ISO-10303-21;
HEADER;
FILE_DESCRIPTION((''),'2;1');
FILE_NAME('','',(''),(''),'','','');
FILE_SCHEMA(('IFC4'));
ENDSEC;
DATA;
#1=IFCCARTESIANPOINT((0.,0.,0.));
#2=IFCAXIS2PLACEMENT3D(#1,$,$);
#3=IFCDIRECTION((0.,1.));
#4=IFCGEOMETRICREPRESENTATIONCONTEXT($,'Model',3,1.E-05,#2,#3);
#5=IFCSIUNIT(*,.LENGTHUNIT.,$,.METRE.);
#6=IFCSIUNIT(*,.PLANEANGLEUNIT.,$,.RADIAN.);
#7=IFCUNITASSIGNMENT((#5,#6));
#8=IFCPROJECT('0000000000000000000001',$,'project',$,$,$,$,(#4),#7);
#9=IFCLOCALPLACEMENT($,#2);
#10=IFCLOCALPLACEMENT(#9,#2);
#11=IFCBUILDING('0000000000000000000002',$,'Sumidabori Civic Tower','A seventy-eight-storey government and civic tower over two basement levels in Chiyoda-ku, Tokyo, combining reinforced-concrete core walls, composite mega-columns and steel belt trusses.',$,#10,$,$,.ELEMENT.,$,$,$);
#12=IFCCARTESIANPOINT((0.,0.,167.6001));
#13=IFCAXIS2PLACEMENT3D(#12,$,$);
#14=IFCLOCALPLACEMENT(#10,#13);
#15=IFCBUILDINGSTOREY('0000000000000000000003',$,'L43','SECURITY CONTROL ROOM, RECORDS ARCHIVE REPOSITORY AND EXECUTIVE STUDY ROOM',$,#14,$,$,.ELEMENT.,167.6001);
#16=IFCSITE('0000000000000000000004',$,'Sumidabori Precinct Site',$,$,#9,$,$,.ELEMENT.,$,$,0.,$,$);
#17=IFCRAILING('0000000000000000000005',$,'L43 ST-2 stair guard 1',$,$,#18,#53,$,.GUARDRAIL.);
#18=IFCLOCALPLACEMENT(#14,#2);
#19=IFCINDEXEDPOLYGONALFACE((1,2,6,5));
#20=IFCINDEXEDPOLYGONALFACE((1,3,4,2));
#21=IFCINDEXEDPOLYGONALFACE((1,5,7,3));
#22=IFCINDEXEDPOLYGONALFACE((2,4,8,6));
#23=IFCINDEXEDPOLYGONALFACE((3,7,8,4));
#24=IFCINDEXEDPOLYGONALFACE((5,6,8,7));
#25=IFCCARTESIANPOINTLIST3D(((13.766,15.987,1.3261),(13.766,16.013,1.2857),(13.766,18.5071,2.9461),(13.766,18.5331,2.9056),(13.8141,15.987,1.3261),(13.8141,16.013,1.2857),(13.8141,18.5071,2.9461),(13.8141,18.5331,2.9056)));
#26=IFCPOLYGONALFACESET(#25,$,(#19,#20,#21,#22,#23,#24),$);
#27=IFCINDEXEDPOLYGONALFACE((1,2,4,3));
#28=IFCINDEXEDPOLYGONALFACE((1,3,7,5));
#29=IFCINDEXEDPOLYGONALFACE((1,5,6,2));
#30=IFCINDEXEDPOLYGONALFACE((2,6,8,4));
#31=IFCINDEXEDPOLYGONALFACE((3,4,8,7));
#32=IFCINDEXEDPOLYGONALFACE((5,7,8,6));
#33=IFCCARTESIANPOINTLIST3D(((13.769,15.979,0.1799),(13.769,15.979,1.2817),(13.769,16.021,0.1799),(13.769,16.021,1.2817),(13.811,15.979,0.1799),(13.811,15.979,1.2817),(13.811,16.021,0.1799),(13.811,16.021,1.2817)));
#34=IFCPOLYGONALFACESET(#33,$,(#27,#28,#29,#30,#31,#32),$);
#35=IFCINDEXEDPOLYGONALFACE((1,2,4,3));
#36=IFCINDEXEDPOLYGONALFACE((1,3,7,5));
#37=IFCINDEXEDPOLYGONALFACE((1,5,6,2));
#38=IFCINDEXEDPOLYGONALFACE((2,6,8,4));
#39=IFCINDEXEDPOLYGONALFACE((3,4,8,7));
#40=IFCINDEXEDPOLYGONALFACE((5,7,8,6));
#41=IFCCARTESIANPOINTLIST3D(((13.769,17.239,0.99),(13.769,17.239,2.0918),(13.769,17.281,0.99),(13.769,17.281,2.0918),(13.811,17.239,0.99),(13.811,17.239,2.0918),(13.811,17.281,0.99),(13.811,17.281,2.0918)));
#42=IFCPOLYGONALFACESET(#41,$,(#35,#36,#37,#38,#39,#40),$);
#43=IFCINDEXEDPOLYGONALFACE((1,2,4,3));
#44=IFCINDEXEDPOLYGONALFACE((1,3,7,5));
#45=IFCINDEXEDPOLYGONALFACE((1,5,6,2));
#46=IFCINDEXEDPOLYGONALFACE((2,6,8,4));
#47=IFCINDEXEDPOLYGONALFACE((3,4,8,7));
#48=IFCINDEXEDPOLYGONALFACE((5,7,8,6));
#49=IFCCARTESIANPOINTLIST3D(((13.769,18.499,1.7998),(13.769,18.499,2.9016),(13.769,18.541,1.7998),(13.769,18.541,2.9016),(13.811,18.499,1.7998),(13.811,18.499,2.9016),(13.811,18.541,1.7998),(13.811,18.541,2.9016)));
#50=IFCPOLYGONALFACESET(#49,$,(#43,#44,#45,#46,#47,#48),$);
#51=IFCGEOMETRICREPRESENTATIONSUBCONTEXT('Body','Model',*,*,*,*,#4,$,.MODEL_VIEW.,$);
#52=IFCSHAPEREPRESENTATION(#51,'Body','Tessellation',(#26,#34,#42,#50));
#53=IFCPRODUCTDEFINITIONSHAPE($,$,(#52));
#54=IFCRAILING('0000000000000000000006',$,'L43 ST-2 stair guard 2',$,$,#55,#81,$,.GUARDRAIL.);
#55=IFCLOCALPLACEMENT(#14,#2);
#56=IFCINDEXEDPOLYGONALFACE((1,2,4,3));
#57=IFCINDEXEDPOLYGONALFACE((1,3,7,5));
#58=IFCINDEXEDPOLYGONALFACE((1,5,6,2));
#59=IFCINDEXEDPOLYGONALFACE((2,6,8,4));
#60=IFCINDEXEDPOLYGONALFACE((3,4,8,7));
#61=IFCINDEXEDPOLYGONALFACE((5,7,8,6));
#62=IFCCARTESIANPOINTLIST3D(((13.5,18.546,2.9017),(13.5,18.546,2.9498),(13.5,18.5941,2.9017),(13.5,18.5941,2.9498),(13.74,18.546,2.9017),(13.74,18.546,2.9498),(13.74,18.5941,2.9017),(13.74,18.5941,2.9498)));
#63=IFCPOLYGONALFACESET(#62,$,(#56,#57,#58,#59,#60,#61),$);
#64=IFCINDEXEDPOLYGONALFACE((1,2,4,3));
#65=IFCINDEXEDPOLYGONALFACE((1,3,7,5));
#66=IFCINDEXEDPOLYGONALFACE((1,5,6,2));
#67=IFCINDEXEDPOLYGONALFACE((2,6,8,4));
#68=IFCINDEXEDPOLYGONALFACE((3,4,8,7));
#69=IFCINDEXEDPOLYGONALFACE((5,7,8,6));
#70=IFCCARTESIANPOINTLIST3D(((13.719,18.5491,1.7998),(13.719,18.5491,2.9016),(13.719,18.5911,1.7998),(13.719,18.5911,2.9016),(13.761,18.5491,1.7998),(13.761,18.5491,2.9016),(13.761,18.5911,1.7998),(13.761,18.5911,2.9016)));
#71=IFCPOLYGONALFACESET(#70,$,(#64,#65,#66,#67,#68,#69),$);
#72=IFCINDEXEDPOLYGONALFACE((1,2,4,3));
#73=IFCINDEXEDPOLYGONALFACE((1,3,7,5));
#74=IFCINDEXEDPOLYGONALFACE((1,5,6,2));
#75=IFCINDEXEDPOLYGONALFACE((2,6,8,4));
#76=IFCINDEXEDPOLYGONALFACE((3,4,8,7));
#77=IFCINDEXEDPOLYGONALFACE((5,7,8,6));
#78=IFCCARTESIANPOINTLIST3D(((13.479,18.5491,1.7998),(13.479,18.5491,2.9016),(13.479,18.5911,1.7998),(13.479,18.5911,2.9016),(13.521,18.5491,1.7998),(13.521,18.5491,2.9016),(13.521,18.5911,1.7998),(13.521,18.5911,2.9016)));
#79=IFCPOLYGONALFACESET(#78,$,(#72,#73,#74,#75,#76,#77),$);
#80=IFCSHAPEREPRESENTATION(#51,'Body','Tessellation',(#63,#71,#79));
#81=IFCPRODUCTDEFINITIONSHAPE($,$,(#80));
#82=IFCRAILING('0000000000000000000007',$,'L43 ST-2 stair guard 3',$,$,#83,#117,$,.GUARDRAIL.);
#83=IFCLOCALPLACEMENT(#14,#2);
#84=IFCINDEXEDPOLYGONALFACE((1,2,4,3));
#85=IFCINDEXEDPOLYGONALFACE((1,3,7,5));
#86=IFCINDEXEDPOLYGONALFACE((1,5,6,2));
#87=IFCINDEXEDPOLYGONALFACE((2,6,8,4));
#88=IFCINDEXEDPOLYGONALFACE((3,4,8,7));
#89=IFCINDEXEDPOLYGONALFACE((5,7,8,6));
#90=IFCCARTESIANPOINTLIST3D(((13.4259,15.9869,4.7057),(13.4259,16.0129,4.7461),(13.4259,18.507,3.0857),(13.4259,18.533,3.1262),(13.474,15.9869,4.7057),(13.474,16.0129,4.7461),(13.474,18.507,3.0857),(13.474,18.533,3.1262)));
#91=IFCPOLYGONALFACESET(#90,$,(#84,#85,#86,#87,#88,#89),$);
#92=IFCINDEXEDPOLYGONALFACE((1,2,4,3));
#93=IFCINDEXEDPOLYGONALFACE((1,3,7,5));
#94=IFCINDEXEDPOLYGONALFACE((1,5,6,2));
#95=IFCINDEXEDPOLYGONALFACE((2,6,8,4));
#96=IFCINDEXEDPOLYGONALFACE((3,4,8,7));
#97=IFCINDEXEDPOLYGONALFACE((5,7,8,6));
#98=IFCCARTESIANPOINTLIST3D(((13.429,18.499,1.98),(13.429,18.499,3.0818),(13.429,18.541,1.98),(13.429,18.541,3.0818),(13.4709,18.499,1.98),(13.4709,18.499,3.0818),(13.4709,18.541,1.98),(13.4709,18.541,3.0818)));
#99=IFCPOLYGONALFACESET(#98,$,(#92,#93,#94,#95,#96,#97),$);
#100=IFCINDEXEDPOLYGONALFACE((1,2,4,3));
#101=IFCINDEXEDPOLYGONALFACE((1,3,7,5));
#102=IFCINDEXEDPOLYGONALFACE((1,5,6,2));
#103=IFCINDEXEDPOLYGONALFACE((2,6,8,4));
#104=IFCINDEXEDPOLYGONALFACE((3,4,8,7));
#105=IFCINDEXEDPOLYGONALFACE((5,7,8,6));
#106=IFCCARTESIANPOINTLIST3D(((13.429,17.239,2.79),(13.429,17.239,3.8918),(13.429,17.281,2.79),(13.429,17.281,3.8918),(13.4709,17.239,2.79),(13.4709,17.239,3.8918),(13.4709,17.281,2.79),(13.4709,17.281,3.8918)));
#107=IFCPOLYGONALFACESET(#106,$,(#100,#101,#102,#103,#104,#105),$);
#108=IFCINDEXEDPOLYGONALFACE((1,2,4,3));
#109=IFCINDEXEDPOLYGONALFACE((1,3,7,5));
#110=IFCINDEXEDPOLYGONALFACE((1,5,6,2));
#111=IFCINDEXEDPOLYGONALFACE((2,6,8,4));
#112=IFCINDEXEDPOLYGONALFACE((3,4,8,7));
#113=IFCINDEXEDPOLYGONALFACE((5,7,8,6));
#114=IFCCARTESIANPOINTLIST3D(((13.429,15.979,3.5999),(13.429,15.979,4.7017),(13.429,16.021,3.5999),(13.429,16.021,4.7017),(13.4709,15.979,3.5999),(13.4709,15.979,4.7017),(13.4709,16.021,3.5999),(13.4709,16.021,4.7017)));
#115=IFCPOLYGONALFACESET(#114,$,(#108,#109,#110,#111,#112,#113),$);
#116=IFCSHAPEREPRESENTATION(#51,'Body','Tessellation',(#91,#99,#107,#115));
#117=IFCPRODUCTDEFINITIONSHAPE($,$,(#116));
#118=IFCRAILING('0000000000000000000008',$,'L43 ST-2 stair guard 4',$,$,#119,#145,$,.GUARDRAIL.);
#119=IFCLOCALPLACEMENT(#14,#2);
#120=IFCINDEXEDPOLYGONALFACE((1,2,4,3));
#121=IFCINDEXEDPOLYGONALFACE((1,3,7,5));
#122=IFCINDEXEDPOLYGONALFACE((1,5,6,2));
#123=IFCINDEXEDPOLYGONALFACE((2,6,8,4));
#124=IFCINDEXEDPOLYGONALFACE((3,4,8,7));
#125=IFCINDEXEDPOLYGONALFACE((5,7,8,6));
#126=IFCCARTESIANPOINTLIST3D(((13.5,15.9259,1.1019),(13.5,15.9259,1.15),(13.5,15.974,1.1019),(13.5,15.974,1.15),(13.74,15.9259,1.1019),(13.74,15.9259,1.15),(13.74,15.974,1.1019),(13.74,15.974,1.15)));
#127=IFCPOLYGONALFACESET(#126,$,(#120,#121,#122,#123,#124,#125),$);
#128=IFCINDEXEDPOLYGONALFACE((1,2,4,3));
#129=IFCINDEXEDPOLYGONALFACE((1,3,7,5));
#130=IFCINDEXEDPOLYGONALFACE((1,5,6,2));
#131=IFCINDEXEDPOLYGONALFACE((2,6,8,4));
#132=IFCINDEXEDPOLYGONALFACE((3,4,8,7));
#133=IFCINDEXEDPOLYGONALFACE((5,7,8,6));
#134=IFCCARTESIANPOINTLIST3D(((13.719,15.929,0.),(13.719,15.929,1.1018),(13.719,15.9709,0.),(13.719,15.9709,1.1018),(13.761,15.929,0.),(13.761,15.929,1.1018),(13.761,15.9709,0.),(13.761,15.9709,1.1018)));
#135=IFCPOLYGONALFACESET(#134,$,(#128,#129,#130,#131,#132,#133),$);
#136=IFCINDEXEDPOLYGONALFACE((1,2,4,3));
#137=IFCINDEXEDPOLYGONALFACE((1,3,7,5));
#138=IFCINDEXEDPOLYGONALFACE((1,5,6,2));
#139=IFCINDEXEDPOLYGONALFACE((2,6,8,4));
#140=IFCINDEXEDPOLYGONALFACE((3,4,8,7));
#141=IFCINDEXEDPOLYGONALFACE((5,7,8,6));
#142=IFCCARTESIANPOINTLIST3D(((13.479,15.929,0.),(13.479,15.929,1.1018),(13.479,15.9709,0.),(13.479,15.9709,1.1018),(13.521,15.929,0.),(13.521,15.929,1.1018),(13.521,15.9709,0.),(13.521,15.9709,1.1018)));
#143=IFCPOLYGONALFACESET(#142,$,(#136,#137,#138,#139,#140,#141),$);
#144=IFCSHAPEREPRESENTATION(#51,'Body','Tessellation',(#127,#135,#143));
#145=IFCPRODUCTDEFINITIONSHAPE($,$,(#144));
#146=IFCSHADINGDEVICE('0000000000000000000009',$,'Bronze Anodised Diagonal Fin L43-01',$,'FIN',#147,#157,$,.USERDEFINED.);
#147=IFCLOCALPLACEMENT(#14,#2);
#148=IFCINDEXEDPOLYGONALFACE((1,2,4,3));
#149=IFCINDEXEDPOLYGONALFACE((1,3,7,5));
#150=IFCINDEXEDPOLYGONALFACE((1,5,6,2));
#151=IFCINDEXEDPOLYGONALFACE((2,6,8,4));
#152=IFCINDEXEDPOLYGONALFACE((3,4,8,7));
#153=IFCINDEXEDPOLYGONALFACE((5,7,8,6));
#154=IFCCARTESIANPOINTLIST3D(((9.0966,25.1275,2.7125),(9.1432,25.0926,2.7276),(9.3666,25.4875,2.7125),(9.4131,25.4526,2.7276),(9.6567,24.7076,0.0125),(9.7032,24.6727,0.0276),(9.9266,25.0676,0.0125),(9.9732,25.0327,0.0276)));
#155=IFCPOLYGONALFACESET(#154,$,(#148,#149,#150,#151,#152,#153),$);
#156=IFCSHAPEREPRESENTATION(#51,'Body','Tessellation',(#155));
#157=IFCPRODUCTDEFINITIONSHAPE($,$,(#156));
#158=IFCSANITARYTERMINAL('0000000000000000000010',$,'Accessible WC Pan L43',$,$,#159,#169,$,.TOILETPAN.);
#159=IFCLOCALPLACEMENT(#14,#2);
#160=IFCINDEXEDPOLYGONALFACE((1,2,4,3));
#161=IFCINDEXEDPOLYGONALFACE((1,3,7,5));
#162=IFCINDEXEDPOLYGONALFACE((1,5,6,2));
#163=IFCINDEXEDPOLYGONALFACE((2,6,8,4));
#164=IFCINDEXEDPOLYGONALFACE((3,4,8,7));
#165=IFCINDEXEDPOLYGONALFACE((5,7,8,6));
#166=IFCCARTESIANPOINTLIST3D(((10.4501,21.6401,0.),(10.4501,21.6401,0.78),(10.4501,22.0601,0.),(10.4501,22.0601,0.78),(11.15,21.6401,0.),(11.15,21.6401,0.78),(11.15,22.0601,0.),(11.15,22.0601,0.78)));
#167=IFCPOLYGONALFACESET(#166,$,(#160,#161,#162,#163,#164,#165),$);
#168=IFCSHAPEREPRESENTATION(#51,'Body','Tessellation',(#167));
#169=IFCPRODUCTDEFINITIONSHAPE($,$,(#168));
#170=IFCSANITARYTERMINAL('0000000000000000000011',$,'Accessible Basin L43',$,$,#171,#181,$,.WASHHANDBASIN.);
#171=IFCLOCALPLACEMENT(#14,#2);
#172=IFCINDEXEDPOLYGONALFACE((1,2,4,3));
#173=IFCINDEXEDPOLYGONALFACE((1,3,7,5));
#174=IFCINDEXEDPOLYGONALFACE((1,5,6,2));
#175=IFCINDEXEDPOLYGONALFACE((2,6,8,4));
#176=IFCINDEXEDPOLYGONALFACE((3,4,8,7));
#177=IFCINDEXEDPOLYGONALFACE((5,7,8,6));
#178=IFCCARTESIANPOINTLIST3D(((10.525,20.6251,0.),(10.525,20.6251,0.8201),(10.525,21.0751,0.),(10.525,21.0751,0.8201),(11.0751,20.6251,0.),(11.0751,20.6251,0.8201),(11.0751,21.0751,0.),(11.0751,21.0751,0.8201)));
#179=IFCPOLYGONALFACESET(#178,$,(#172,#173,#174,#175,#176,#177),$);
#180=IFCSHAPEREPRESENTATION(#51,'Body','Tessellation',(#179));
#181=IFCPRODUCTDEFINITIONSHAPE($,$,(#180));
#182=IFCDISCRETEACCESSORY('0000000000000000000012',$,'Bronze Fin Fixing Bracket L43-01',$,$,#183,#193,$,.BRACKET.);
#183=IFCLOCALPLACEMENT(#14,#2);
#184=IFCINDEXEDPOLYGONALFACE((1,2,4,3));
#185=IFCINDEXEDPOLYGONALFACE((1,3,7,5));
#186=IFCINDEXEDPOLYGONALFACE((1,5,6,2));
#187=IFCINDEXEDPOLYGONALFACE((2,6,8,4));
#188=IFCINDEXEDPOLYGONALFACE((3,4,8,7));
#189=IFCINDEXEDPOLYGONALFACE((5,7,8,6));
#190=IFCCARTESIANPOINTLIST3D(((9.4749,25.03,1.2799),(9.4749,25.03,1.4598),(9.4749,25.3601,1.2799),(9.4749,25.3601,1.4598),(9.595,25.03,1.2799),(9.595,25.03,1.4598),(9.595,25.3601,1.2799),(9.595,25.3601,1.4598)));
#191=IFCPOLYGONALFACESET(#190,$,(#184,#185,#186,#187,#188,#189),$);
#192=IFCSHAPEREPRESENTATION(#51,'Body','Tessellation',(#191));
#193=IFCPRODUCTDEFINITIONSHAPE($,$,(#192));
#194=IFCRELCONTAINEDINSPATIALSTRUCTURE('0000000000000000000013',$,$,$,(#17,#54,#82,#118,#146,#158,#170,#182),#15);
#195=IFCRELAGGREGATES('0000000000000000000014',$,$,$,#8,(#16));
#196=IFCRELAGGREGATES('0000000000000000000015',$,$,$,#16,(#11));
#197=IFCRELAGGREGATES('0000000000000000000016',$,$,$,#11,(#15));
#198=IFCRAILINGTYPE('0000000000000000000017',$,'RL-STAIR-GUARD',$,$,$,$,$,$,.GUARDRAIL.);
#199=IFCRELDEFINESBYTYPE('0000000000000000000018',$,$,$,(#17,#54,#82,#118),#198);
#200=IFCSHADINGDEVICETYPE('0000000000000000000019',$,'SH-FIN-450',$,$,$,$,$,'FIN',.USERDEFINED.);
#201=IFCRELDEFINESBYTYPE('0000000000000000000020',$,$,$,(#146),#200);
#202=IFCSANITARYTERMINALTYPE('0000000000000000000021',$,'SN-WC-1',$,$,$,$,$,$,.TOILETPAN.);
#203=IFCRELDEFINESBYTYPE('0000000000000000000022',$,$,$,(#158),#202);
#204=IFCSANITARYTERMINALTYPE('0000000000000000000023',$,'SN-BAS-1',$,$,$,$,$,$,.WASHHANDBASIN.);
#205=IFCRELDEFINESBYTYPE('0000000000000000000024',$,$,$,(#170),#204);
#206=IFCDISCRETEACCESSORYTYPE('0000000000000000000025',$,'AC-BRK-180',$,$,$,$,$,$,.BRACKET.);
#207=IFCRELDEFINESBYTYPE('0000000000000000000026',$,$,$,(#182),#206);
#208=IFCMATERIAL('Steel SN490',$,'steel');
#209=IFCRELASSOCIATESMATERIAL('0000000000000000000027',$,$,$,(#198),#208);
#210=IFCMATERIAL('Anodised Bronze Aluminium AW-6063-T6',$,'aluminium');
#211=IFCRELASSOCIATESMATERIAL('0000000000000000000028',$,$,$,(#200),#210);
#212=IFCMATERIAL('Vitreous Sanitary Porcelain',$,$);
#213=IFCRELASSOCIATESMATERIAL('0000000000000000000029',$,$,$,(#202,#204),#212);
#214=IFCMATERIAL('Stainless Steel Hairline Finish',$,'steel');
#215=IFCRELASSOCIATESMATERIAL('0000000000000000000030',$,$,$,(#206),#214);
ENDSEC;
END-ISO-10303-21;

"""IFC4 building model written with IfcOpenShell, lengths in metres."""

from ifc_helpers import new_model, si_unit, direction, frame, origin, origin_2d, place, context, subcontext, project, spatial, rectangle, extrude, source, transform, mapped, material, material_profile, profile_set, type_object, element, save


model = new_model("IFC4")

# Units and contexts
model_context = context("Model", 3, precision=1e-05, world=origin(), true_north=direction((0.0, 1.0)))
body_context = subcontext(model_context, "Body", "Model", "MODEL_VIEW")
ifc_project = project(units=[si_unit("LENGTHUNIT", "METRE"), si_unit("PLANEANGLEUNIT", "RADIAN")], contexts=[model_context])

# Site, building, storey
site_placement = place(None, origin())
site = spatial("IfcSite", under=ifc_project, at=site_placement, Name="Sumidabori Precinct Site", CompositionType="ELEMENT", RefElevation=0.0)
building_placement = place(site_placement, origin())
building = spatial("IfcBuilding", under=site, at=building_placement, Name="Sumidabori Civic Tower", Description="A seventy-eight-storey government and civic tower over two basement levels in Chiyoda-ku, Tokyo, combining reinforced-concrete core walls, composite mega-columns and steel belt trusses.", CompositionType="ELEMENT")
storey_placement = place(building_placement, frame((0.0, 0.0, 167.6001)))
storey = spatial("IfcBuildingStorey", under=building, at=storey_placement, Name="L43", Description="SECURITY CONTROL ROOM, RECORDS ARCHIVE REPOSITORY AND EXECUTIVE STUDY ROOM", CompositionType="ELEMENT", Elevation=167.6001)

# Shared definitions
ifc_material_1 = material(Name="Steel SN490", Category="steel")

# Shared definitions
ifc_material_2 = material(Name="Anodised Bronze Aluminium AW-6063-T6", Category="aluminium")

# Railings
ifc_material_3 = material(Name="Stainless Steel Hairline Finish", Category="steel")
railing_type_1 = type_object("IfcRailingType", Name="RL-STAIR-GUARD", PredefinedType="GUARDRAIL", material=ifc_material_1)
railing_1_placement = place(storey_placement, frame((13.79, 16.0, 0.1799)))
element("IfcRailing", 1, at=railing_1_placement, inside=storey, type_object=railing_type_1, Name="L43 ST-2 stair guard 1", PredefinedType="GUARDRAIL", context=body_context, shape_type="SweptSolid", body=[
    extrude(rectangle(XDim=0.0481, YDim=0.0481, at=origin_2d()), frame((0.0, 0.0, 1.126), z_axis=(0.0, 0.8412, 0.540725), x_axis=(-1.0, 0.0, 0.0)), (0.0, 0.0, 1.0), 2.9958),
    extrude(rectangle(XDim=0.042, YDim=0.042, at=origin_2d()), origin(), (0.0, 0.0, 1.0), 1.1018),
    extrude(rectangle(XDim=0.042, YDim=0.042, at=origin_2d()), frame((0.0, 1.26, 0.8101)), (0.0, 0.0, 1.0), 1.1018),
    extrude(rectangle(XDim=0.042, YDim=0.042, at=origin_2d()), frame((0.0, 2.52, 1.6199)), (0.0, 0.0, 1.0), 1.1018),
])
railing_2_placement = place(storey_placement, frame((13.74, 18.5701, 1.7998)))
element("IfcRailing", 2, at=railing_2_placement, inside=storey, type_object=railing_type_1, Name="L43 ST-2 stair guard 2", PredefinedType="GUARDRAIL", context=body_context, shape_type="SweptSolid", body=[
    extrude(rectangle(XDim=0.0481, YDim=0.0481, at=origin_2d()), frame((0.0, 0.0, 1.126), z_axis=(-1.0, 0.0, 0.0), x_axis=(0.0, -1.0, 0.0)), (0.0, 0.0, 1.0), 0.24),
    extrude(rectangle(XDim=0.042, YDim=0.042, at=origin_2d()), origin(), (0.0, 0.0, 1.0), 1.1018),
    extrude(rectangle(XDim=0.042, YDim=0.042, at=origin_2d()), frame((-0.24, 0.0, 0.0)), (0.0, 0.0, 1.0), 1.1018),
])
railing_3_placement = place(storey_placement, frame((13.45, 18.52, 1.98)))
element("IfcRailing", 3, at=railing_3_placement, inside=storey, type_object=railing_type_1, Name="L43 ST-2 stair guard 3", PredefinedType="GUARDRAIL", context=body_context, shape_type="SweptSolid", body=[
    extrude(rectangle(XDim=0.0481, YDim=0.0481, at=origin_2d()), frame((0.0, 0.0, 1.126), z_axis=(0.0, -0.8412, 0.540725), x_axis=(1.0, 0.0, 0.0)), (0.0, 0.0, 1.0), 2.9958),
    extrude(rectangle(XDim=0.042, YDim=0.042, at=origin_2d()), origin(), (0.0, 0.0, 1.0), 1.1018),
    extrude(rectangle(XDim=0.042, YDim=0.042, at=origin_2d()), frame((0.0, -1.26, 0.8101)), (0.0, 0.0, 1.0), 1.1018),
    extrude(rectangle(XDim=0.042, YDim=0.042, at=origin_2d()), frame((0.0, -2.52, 1.6199)), (0.0, 0.0, 1.0), 1.1018),
])
railing_4_placement = place(storey_placement, frame((13.74, 15.95, 0.0)))
element("IfcRailing", 4, at=railing_4_placement, inside=storey, type_object=railing_type_1, Name="L43 ST-2 stair guard 4", PredefinedType="GUARDRAIL", context=body_context, shape_type="SweptSolid", body=[
    extrude(rectangle(XDim=0.0481, YDim=0.0481, at=origin_2d()), frame((0.0, 0.0, 1.126), z_axis=(-1.0, 0.0, 0.0), x_axis=(0.0, -1.0, 0.0)), (0.0, 0.0, 1.0), 0.24),
    extrude(rectangle(XDim=0.042, YDim=0.042, at=origin_2d()), origin(), (0.0, 0.0, 1.0), 1.1018),
    extrude(rectangle(XDim=0.042, YDim=0.042, at=origin_2d()), frame((-0.24, 0.0, 0.0)), (0.0, 0.0, 1.0), 1.1018),
])

# Shading device
ifc_material_profile_1 = material_profile(ifc_material_2, rectangle(XDim=0.0601, YDim=0.45, at=origin_2d()), Name="BRONZE FIN 450x60")
ifc_profile_set_1 = profile_set([ifc_material_profile_1], Name="Anodised Bronze Aluminium AW-6063-T6")
shading_device_type = type_object("IfcShadingDeviceType", Name="SH-FIN-450", ElementType="FIN", PredefinedType="USERDEFINED", material=ifc_profile_set_1)
shared_shape_1 = source(origin(), body_context, "Body", "SweptSolid", [
    extrude(rectangle(XDim=0.0601, YDim=0.45, at=origin_2d()), origin(), (0.0, 0.0, 1.0), 2.7893),
])
shading_device_placement = place(storey_placement, frame((9.8149, 24.8701, 0.02), z_axis=(-0.200794, 0.150552, 0.967996), x_axis=(0.774478, -0.580689, 0.250966)))
element("IfcShadingDevice", 5, at=shading_device_placement, inside=storey, type_object=shading_device_type, Name="Bronze Anodised Diagonal Fin L43-01", ObjectType="FIN", PredefinedType="USERDEFINED", context=body_context, shape_type="MappedRepresentation", body=[
    mapped(shared_shape_1, transform((0.0, 0.0, 0.0), x_axis=(1.0, 0.0, 0.0), y_axis=(0.0, 1.0, 0.0), z_axis=(0.0, 0.0, 1.0), scale=1.0)),
])

# Sanitary terminals
ifc_material_4 = material(Name="Vitreous Sanitary Porcelain")
sanitary_terminal_type_1 = type_object("IfcSanitaryTerminalType", Name="SN-WC-1", PredefinedType="TOILETPAN", material=ifc_material_4)
shared_shape_2 = source(origin(), body_context, "Body", "SweptSolid", [
    extrude(rectangle(XDim=0.7, YDim=0.4199, at=origin_2d()), origin(), (0.0, 0.0, 1.0), 0.78),
])
sanitary_terminal_1_placement = place(storey_placement, frame((10.8, 21.8501, 0.0), z_axis=(0.0, 0.0, 1.0), x_axis=(1.0, 0.0, 0.0)))
element("IfcSanitaryTerminal", 6, at=sanitary_terminal_1_placement, inside=storey, type_object=sanitary_terminal_type_1, Name="Accessible WC Pan L43", PredefinedType="TOILETPAN", context=body_context, shape_type="MappedRepresentation", body=[
    mapped(shared_shape_2, transform((0.0, 0.0, 0.0), x_axis=(1.0, 0.0, 0.0), y_axis=(0.0, 1.0, 0.0), z_axis=(0.0, 0.0, 1.0), scale=1.0)),
])
sanitary_terminal_type_2 = type_object("IfcSanitaryTerminalType", Name="SN-BAS-1", PredefinedType="WASHHANDBASIN", material=ifc_material_4)
shared_shape_3 = source(origin(), body_context, "Body", "SweptSolid", [
    extrude(rectangle(XDim=0.55, YDim=0.45, at=origin_2d()), origin(), (0.0, 0.0, 1.0), 0.8201),
])
sanitary_terminal_2_placement = place(storey_placement, frame((10.8, 20.8501, 0.0), z_axis=(0.0, 0.0, 1.0), x_axis=(1.0, 0.0, 0.0)))
element("IfcSanitaryTerminal", 7, at=sanitary_terminal_2_placement, inside=storey, type_object=sanitary_terminal_type_2, Name="Accessible Basin L43", PredefinedType="WASHHANDBASIN", context=body_context, shape_type="MappedRepresentation", body=[
    mapped(shared_shape_3, transform((0.0, 0.0, 0.0), x_axis=(1.0, 0.0, 0.0), y_axis=(0.0, 1.0, 0.0), z_axis=(0.0, 0.0, 1.0), scale=1.0)),
])

# Discrete accessory
ifc_material_profile_2 = material_profile(ifc_material_3, rectangle(XDim=0.1201, YDim=0.1799, at=origin_2d()), Name="STEEL BRACKET 180x120")
ifc_profile_set_2 = profile_set([ifc_material_profile_2], Name="Stainless Steel Hairline Finish")
discrete_accessory_type = type_object("IfcDiscreteAccessoryType", Name="AC-BRK-180", PredefinedType="BRACKET", material=ifc_profile_set_2)
shared_shape_4 = source(origin(), body_context, "Body", "SweptSolid", [
    extrude(rectangle(XDim=0.1201, YDim=0.1799, at=origin_2d()), origin(), (0.0, 0.0, 1.0), 0.3301),
])
discrete_accessory_placement = place(storey_placement, frame((9.5349, 25.03, 1.3699), z_axis=(0.0, 1.0, 0.0), x_axis=(-1.0, 0.0, 0.0)))
element("IfcDiscreteAccessory", 8, at=discrete_accessory_placement, inside=storey, type_object=discrete_accessory_type, Name="Bronze Fin Fixing Bracket L43-01", PredefinedType="BRACKET", context=body_context, shape_type="MappedRepresentation", body=[
    mapped(shared_shape_4, transform((0.0, 0.0, 0.0), x_axis=(1.0, 0.0, 0.0), y_axis=(0.0, 1.0, 0.0), z_axis=(0.0, 0.0, 1.0), scale=1.0)),
])

save(model, "model.ifc")
